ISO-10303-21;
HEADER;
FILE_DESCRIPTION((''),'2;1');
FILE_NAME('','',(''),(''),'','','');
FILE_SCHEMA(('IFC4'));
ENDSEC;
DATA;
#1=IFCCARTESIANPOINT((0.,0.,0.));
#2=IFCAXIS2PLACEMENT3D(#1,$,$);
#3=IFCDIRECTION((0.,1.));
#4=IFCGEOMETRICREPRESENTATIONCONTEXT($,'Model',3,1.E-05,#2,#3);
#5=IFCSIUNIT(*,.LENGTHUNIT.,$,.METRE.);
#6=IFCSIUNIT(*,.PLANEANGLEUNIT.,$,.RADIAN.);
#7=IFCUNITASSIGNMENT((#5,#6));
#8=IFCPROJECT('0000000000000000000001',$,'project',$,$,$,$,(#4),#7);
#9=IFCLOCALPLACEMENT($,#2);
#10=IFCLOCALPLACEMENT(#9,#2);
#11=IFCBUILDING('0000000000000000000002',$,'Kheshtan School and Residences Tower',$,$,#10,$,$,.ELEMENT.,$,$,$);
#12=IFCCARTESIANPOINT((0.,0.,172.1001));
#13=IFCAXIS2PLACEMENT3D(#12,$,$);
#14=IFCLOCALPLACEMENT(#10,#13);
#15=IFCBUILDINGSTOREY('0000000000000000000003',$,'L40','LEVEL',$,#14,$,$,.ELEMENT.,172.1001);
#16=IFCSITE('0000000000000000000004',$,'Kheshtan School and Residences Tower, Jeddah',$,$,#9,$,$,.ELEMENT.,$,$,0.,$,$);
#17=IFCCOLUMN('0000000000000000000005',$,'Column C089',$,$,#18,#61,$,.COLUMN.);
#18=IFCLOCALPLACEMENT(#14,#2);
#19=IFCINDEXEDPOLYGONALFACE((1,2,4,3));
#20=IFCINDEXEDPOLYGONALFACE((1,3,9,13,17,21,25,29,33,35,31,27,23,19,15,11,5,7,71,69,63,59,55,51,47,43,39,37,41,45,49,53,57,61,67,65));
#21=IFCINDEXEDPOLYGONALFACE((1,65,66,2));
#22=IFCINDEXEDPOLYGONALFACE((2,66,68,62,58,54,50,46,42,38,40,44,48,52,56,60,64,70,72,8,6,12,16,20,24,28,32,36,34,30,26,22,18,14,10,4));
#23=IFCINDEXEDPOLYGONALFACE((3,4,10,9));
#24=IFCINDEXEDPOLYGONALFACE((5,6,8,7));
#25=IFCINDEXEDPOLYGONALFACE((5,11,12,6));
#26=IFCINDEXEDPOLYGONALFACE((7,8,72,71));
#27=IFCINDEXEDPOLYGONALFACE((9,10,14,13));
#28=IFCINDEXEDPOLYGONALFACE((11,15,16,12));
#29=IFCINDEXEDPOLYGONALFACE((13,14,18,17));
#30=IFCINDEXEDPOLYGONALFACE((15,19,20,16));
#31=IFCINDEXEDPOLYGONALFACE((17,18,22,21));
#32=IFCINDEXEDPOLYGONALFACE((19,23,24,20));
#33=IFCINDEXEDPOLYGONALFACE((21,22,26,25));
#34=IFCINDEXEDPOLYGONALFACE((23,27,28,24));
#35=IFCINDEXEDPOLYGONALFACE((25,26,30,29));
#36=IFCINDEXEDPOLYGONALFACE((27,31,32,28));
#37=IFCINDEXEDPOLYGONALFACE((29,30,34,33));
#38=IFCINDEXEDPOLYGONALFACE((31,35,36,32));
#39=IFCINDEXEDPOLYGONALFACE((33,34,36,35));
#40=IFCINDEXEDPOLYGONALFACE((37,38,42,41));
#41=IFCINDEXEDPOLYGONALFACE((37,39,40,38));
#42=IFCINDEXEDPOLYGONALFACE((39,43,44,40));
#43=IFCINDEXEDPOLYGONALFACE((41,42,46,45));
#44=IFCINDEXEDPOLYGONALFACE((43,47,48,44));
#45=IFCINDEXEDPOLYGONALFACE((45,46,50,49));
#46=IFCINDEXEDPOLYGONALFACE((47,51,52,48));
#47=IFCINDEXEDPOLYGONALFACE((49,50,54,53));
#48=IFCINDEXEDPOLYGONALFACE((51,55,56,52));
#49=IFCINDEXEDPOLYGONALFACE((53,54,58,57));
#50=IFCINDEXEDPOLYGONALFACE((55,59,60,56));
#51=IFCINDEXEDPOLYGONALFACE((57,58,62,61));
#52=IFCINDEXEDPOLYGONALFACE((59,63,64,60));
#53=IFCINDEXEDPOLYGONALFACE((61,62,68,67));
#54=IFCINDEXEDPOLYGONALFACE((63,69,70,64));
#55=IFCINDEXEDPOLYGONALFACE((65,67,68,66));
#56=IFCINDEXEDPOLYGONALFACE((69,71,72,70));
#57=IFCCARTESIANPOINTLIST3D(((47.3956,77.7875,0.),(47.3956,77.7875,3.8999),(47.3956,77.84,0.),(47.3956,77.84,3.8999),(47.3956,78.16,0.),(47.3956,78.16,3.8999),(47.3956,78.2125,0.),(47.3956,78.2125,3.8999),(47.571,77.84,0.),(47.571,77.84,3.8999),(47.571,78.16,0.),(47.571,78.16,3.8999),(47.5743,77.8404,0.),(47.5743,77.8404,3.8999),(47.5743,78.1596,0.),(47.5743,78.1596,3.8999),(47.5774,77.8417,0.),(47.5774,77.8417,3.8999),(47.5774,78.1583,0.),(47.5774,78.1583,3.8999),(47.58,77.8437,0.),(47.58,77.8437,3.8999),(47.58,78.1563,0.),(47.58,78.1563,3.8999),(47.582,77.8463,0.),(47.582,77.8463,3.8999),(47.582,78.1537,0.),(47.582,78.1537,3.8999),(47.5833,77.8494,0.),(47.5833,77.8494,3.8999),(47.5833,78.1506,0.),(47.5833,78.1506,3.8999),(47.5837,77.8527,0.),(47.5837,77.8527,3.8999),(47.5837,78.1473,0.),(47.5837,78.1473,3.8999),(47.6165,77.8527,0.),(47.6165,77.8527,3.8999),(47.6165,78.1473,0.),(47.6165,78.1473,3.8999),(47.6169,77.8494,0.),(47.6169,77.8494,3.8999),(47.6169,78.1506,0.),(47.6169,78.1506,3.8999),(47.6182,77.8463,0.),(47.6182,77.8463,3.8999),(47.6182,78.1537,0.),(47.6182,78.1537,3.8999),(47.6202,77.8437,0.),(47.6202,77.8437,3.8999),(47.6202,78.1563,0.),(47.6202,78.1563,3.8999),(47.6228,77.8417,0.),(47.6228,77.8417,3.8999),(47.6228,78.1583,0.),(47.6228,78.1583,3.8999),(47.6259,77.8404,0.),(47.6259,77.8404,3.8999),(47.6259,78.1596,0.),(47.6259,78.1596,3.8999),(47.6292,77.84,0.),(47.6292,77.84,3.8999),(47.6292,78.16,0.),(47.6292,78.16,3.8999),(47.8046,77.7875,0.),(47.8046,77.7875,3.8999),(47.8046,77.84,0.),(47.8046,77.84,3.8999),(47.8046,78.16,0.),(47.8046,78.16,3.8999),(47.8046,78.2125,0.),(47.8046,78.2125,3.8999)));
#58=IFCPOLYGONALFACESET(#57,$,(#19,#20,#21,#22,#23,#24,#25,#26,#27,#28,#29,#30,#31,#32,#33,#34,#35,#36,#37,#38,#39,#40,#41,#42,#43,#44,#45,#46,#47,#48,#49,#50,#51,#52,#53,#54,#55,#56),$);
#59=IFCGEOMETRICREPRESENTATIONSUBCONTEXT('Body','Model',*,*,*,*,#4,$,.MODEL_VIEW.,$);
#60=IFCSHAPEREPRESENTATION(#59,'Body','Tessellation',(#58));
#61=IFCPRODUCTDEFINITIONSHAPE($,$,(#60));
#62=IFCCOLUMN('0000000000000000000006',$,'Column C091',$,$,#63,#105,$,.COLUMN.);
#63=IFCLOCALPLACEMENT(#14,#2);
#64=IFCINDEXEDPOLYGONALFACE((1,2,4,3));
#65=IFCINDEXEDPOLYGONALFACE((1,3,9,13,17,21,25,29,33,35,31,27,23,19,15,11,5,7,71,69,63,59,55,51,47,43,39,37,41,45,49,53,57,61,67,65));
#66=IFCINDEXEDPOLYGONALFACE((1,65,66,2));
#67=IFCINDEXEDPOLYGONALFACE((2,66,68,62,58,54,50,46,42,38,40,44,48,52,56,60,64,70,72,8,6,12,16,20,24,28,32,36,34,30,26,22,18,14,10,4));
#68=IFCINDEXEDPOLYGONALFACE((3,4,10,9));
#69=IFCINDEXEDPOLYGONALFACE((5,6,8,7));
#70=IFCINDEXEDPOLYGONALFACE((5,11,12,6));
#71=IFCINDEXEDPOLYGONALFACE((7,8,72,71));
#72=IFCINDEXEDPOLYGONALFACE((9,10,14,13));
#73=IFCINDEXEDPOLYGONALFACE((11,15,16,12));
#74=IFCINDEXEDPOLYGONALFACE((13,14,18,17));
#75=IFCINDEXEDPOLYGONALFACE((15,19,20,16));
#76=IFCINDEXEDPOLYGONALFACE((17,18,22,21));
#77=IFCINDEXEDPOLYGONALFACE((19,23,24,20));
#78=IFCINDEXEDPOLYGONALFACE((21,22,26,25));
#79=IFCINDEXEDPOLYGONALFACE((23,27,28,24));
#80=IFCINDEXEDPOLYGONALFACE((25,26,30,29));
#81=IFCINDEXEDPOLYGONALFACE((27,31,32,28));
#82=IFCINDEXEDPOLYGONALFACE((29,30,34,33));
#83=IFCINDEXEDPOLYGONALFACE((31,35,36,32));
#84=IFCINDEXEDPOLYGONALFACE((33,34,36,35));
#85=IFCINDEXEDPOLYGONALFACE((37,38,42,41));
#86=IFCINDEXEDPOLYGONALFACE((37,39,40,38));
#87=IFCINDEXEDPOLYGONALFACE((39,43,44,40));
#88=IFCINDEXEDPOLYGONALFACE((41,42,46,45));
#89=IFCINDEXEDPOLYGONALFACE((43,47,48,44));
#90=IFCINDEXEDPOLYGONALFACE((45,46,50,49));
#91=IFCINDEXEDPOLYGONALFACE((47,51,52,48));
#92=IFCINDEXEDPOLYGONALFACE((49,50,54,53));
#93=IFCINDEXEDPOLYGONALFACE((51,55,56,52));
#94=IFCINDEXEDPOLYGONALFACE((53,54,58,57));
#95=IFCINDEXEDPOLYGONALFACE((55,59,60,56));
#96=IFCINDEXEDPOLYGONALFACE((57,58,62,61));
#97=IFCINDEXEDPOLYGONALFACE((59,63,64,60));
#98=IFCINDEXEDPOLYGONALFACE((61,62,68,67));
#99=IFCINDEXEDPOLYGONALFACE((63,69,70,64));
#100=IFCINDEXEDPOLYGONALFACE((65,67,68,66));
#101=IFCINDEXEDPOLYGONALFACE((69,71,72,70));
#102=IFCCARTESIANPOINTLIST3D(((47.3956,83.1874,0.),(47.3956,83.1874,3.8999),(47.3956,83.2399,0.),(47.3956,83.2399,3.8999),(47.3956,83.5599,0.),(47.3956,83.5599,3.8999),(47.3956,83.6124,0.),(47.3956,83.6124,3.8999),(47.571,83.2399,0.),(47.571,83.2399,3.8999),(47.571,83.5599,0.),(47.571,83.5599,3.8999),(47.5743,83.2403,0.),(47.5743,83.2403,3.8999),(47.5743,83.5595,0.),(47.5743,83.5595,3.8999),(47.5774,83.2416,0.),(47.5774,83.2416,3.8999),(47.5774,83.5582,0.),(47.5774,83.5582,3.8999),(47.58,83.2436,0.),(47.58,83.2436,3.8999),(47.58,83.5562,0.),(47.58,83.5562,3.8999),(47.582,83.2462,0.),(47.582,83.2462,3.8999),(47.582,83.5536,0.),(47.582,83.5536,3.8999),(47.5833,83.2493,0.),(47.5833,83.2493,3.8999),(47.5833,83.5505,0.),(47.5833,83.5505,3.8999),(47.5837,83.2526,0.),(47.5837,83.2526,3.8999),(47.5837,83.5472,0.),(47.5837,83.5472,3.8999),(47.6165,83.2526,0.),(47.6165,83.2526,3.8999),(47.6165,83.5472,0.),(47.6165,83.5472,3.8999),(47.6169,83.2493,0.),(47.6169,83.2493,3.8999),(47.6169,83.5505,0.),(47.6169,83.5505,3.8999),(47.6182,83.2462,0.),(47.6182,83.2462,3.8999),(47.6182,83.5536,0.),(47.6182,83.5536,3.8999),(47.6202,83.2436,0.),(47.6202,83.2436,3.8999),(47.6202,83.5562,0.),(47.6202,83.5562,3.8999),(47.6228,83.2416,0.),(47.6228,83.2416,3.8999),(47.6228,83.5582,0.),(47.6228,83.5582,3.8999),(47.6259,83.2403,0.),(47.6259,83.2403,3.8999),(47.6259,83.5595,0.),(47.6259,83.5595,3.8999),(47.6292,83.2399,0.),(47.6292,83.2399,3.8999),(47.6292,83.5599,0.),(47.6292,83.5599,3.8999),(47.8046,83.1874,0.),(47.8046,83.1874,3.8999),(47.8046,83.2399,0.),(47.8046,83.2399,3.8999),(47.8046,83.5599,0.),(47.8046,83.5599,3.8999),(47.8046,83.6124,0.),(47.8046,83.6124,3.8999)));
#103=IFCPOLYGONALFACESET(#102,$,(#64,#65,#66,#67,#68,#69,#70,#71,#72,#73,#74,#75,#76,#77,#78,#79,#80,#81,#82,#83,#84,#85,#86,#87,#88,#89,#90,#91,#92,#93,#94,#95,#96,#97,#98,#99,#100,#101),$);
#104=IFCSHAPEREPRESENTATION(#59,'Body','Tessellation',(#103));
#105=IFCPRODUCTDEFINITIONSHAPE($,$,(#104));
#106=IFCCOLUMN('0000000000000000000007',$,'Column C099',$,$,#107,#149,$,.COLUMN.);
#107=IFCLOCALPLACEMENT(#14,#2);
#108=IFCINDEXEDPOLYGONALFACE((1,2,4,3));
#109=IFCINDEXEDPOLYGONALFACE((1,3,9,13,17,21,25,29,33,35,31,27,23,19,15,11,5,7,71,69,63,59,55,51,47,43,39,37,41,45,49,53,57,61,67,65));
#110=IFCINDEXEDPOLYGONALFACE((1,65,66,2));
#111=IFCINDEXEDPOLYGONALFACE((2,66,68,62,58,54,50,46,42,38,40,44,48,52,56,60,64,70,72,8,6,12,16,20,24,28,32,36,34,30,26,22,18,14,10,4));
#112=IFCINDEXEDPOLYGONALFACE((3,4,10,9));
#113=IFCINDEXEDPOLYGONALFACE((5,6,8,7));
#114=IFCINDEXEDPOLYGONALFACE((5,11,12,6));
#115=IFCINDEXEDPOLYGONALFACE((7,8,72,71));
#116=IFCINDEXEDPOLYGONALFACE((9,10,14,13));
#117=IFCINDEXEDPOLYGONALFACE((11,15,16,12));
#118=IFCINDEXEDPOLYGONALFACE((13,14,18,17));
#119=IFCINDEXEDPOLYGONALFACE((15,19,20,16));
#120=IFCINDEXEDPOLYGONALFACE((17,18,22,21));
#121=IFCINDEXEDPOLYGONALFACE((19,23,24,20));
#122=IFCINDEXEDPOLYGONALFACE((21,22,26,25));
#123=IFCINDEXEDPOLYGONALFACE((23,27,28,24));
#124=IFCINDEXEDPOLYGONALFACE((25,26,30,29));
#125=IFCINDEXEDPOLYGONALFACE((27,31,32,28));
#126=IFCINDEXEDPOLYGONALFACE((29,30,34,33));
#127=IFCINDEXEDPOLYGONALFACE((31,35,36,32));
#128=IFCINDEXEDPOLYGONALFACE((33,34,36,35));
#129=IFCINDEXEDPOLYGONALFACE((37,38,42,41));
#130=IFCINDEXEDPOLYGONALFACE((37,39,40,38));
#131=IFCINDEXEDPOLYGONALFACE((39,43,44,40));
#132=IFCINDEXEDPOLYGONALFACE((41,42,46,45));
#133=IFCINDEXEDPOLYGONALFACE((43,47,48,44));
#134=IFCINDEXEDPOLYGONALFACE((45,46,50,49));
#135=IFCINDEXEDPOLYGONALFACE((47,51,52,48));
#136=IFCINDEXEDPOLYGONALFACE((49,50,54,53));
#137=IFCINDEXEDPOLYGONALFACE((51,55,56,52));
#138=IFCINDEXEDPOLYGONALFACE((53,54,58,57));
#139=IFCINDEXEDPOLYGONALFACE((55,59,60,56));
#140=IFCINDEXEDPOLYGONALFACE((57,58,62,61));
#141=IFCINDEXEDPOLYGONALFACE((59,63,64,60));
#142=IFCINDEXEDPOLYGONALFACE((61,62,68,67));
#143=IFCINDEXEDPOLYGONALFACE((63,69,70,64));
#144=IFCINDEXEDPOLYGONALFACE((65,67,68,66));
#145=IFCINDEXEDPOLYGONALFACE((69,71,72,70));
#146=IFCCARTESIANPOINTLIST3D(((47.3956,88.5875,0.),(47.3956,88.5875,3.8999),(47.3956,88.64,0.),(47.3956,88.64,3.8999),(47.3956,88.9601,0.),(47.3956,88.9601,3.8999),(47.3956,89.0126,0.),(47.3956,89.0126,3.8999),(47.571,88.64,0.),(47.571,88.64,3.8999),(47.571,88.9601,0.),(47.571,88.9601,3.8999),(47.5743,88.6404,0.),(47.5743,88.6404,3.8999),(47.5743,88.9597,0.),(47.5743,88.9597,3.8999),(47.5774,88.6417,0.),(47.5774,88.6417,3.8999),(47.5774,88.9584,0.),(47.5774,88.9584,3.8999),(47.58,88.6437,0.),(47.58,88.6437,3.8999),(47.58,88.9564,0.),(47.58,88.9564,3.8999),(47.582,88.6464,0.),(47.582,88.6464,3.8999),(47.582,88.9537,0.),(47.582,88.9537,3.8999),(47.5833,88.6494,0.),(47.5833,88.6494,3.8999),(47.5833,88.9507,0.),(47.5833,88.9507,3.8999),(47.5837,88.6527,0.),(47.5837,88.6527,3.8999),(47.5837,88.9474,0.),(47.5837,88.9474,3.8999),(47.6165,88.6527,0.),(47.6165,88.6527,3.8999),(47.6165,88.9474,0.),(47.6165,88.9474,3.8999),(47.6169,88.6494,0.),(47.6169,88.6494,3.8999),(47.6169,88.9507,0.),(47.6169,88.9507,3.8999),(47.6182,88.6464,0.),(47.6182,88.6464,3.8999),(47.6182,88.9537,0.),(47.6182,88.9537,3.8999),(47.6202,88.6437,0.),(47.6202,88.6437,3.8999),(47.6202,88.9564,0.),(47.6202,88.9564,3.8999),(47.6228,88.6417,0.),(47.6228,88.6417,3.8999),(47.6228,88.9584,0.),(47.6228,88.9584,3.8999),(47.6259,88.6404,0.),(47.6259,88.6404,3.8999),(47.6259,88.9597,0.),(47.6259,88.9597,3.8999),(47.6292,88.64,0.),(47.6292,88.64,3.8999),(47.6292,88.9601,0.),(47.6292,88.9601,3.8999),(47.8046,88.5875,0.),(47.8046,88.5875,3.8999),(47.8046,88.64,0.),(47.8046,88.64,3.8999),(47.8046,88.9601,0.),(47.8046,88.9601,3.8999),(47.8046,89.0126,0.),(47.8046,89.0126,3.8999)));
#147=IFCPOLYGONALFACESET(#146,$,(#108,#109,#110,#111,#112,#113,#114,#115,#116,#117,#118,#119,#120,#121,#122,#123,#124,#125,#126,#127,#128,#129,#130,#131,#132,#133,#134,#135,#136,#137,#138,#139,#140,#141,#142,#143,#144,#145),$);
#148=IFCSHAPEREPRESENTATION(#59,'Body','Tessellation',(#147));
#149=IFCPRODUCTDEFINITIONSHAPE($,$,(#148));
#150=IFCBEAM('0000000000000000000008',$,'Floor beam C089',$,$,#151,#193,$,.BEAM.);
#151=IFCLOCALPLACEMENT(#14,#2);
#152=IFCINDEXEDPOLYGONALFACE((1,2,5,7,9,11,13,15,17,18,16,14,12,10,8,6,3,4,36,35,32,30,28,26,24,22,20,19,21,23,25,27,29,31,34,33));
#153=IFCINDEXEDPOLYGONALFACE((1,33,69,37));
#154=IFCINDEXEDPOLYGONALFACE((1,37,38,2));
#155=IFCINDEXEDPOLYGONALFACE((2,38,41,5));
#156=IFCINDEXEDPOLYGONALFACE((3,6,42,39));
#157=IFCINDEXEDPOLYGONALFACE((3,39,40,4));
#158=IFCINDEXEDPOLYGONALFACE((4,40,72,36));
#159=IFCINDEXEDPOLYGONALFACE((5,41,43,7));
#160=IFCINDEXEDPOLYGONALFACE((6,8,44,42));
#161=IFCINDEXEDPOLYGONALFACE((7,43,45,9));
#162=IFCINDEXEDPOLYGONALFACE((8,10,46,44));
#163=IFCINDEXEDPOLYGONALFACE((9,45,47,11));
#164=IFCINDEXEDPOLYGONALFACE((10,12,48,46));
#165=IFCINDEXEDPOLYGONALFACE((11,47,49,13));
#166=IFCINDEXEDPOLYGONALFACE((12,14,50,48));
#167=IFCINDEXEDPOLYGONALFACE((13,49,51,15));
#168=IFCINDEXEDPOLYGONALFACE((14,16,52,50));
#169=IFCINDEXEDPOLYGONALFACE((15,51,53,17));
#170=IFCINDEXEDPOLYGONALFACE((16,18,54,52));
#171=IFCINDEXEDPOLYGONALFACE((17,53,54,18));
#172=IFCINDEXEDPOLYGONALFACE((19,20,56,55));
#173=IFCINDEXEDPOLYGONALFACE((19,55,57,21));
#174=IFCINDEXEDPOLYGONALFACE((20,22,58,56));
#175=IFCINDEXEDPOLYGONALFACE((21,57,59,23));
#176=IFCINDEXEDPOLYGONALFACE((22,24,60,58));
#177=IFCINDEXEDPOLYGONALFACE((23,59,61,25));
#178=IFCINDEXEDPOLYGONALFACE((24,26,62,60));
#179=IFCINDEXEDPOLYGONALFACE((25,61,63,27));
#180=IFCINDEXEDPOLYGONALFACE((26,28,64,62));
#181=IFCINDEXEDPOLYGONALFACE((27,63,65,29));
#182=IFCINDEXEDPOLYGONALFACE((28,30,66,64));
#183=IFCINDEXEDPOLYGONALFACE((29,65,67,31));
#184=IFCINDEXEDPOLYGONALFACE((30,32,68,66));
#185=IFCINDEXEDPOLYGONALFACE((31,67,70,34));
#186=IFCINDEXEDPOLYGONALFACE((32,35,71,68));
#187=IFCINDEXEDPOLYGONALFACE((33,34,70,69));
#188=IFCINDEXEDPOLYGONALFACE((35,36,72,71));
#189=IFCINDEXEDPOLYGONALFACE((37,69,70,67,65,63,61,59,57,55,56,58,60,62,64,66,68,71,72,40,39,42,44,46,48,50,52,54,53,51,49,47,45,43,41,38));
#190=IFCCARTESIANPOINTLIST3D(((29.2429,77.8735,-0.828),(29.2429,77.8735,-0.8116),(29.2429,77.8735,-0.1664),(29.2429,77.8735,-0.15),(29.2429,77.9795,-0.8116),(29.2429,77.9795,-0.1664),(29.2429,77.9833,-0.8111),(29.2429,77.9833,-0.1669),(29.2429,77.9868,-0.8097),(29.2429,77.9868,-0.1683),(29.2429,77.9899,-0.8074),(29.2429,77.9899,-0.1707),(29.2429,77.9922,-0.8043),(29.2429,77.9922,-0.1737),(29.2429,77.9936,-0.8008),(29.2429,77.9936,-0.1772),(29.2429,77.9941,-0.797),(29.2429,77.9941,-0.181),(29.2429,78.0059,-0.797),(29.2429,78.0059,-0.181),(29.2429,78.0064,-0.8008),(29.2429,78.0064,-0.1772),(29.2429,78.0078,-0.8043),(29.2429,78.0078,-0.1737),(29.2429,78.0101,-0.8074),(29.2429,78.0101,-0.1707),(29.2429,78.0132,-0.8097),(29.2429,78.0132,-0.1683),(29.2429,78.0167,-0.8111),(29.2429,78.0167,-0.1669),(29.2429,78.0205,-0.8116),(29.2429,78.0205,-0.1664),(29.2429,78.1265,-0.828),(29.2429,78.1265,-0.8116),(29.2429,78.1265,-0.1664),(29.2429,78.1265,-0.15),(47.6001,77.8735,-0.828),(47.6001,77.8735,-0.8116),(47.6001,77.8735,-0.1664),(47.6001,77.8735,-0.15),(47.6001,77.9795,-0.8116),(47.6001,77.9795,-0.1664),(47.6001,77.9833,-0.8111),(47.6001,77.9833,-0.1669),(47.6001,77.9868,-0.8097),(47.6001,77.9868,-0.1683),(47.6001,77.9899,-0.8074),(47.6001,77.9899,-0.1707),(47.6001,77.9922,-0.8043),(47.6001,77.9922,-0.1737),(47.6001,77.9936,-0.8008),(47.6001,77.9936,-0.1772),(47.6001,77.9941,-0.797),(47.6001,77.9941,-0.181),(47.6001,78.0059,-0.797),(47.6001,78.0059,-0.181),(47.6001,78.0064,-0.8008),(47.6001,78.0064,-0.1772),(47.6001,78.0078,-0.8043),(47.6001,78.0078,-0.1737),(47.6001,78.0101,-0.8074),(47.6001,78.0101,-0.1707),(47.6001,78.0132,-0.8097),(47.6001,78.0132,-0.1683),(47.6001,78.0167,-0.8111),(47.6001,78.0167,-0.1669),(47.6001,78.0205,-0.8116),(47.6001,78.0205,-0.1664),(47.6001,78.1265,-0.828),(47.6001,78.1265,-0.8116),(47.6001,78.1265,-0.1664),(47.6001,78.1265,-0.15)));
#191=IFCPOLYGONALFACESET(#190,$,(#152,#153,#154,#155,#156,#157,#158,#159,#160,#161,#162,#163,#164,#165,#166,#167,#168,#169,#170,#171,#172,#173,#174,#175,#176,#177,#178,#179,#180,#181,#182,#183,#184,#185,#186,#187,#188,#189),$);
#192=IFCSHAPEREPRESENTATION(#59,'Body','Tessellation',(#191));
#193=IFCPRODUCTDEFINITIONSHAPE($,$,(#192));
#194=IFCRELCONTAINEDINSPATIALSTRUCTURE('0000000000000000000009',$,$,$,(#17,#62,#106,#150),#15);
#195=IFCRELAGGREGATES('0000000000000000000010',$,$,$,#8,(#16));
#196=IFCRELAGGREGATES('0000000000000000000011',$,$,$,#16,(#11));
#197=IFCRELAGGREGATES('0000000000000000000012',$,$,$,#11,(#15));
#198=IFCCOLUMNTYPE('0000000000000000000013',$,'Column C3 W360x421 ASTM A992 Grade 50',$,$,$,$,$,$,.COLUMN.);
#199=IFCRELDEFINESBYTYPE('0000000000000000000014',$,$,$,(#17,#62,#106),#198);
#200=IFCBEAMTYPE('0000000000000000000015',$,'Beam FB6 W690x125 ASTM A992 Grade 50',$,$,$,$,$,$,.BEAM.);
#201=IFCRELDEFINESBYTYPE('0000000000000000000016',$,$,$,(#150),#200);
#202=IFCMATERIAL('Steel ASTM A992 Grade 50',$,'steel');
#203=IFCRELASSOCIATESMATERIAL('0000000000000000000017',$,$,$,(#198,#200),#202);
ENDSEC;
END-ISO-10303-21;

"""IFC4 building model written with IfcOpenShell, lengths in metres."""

from ifc_helpers import new_model, si_unit, direction, frame, origin, origin_2d, place, context, subcontext, project, spatial, i_section, extrude, material, material_profile, profile_set, type_object, element, save


model = new_model("IFC4")

# Units and contexts
model_context = context("Model", 3, precision=1e-05, world=origin(), true_north=direction((0.0, 1.0)))
body_context = subcontext(model_context, "Body", "Model", "MODEL_VIEW")
ifc_project = project(units=[si_unit("LENGTHUNIT", "METRE"), si_unit("PLANEANGLEUNIT", "RADIAN")], contexts=[model_context])

# Site, building, storey
site_placement = place(None, origin())
site = spatial("IfcSite", under=ifc_project, at=site_placement, Name="Kheshtan School and Residences Tower, Jeddah", CompositionType="ELEMENT", RefElevation=0.0)
building_placement = place(site_placement, origin())
building = spatial("IfcBuilding", under=site, at=building_placement, Name="Kheshtan School and Residences Tower", CompositionType="ELEMENT")
storey_placement = place(building_placement, frame((0.0, 0.0, 172.1001)))
storey = spatial("IfcBuildingStorey", under=building, at=storey_placement, Name="L40", Description="LEVEL", CompositionType="ELEMENT", Elevation=172.1001)

# Columns
ifc_material_1 = material(Name="Steel ASTM A992 Grade 50", Category="steel")
ifc_material_profile_1 = material_profile(ifc_material_1, i_section(OverallWidth=0.4089, OverallDepth=0.425, WebThickness=0.0327, FlangeThickness=0.0525, FilletRadius=0.0127, at=origin_2d()), Name="W360x421")
ifc_profile_set_1 = profile_set([ifc_material_profile_1], Name="Steel ASTM A992 Grade 50")
column_type = type_object("IfcColumnType", Name="Column C3 W360x421 ASTM A992 Grade 50", PredefinedType="COLUMN", material=ifc_profile_set_1)
for number, where, z_axis, x_axis, name in (
    (1, (47.6001, 78.0, 0.0), (0.0, 0.0, 1.0), (1.0, 0.0, 0.0), "Column C089"),
    (2, (47.6001, 83.3999, 0.0), (0.0, 0.0, 1.0), (1.0, 0.0, 0.0), "Column C091"),
    (3, (47.6001, 88.8, 0.0), (0.0, 0.0, 1.0), (1.0, 0.0, 0.0), "Column C099"),
):
    element("IfcColumn", number, at=place(storey_placement, frame(where, z_axis=z_axis, x_axis=x_axis)), inside=storey, type_object=column_type, Name=name, PredefinedType="COLUMN", context=body_context, shape_type="SweptSolid", body=[
        extrude(i_section(OverallWidth=0.4089, OverallDepth=0.425, WebThickness=0.0327, FlangeThickness=0.0525, FilletRadius=0.0127, at=origin_2d()), origin(), (0.0, 0.0, 1.0), 3.8999),
    ])

# Beam
ifc_material_profile_2 = material_profile(ifc_material_1, i_section(OverallWidth=0.2529, OverallDepth=0.678, WebThickness=0.0117, FlangeThickness=0.0164, FilletRadius=0.0146, at=origin_2d()), Name="W690x125")
ifc_profile_set_2 = profile_set([ifc_material_profile_2], Name="Steel ASTM A992 Grade 50")
beam_type_1 = type_object("IfcBeamType", Name="Beam FB6 W690x125 ASTM A992 Grade 50", PredefinedType="BEAM", material=ifc_profile_set_2)
beam_1_placement = place(storey_placement, frame((47.6001, 78.0, -0.489), z_axis=(-1.0, 0.0, 0.0), x_axis=(0.0, -1.0, 0.0)))
element("IfcBeam", 4, at=beam_1_placement, inside=storey, type_object=beam_type_1, Name="Floor beam C089", PredefinedType="BEAM", context=body_context, shape_type="SweptSolid", body=[
    extrude(i_section(OverallWidth=0.2529, OverallDepth=0.678, WebThickness=0.0117, FlangeThickness=0.0164, FilletRadius=0.0146, at=origin_2d()), origin(), (0.0, 0.0, 1.0), 18.3572),
])

save(model, "model.ifc")
